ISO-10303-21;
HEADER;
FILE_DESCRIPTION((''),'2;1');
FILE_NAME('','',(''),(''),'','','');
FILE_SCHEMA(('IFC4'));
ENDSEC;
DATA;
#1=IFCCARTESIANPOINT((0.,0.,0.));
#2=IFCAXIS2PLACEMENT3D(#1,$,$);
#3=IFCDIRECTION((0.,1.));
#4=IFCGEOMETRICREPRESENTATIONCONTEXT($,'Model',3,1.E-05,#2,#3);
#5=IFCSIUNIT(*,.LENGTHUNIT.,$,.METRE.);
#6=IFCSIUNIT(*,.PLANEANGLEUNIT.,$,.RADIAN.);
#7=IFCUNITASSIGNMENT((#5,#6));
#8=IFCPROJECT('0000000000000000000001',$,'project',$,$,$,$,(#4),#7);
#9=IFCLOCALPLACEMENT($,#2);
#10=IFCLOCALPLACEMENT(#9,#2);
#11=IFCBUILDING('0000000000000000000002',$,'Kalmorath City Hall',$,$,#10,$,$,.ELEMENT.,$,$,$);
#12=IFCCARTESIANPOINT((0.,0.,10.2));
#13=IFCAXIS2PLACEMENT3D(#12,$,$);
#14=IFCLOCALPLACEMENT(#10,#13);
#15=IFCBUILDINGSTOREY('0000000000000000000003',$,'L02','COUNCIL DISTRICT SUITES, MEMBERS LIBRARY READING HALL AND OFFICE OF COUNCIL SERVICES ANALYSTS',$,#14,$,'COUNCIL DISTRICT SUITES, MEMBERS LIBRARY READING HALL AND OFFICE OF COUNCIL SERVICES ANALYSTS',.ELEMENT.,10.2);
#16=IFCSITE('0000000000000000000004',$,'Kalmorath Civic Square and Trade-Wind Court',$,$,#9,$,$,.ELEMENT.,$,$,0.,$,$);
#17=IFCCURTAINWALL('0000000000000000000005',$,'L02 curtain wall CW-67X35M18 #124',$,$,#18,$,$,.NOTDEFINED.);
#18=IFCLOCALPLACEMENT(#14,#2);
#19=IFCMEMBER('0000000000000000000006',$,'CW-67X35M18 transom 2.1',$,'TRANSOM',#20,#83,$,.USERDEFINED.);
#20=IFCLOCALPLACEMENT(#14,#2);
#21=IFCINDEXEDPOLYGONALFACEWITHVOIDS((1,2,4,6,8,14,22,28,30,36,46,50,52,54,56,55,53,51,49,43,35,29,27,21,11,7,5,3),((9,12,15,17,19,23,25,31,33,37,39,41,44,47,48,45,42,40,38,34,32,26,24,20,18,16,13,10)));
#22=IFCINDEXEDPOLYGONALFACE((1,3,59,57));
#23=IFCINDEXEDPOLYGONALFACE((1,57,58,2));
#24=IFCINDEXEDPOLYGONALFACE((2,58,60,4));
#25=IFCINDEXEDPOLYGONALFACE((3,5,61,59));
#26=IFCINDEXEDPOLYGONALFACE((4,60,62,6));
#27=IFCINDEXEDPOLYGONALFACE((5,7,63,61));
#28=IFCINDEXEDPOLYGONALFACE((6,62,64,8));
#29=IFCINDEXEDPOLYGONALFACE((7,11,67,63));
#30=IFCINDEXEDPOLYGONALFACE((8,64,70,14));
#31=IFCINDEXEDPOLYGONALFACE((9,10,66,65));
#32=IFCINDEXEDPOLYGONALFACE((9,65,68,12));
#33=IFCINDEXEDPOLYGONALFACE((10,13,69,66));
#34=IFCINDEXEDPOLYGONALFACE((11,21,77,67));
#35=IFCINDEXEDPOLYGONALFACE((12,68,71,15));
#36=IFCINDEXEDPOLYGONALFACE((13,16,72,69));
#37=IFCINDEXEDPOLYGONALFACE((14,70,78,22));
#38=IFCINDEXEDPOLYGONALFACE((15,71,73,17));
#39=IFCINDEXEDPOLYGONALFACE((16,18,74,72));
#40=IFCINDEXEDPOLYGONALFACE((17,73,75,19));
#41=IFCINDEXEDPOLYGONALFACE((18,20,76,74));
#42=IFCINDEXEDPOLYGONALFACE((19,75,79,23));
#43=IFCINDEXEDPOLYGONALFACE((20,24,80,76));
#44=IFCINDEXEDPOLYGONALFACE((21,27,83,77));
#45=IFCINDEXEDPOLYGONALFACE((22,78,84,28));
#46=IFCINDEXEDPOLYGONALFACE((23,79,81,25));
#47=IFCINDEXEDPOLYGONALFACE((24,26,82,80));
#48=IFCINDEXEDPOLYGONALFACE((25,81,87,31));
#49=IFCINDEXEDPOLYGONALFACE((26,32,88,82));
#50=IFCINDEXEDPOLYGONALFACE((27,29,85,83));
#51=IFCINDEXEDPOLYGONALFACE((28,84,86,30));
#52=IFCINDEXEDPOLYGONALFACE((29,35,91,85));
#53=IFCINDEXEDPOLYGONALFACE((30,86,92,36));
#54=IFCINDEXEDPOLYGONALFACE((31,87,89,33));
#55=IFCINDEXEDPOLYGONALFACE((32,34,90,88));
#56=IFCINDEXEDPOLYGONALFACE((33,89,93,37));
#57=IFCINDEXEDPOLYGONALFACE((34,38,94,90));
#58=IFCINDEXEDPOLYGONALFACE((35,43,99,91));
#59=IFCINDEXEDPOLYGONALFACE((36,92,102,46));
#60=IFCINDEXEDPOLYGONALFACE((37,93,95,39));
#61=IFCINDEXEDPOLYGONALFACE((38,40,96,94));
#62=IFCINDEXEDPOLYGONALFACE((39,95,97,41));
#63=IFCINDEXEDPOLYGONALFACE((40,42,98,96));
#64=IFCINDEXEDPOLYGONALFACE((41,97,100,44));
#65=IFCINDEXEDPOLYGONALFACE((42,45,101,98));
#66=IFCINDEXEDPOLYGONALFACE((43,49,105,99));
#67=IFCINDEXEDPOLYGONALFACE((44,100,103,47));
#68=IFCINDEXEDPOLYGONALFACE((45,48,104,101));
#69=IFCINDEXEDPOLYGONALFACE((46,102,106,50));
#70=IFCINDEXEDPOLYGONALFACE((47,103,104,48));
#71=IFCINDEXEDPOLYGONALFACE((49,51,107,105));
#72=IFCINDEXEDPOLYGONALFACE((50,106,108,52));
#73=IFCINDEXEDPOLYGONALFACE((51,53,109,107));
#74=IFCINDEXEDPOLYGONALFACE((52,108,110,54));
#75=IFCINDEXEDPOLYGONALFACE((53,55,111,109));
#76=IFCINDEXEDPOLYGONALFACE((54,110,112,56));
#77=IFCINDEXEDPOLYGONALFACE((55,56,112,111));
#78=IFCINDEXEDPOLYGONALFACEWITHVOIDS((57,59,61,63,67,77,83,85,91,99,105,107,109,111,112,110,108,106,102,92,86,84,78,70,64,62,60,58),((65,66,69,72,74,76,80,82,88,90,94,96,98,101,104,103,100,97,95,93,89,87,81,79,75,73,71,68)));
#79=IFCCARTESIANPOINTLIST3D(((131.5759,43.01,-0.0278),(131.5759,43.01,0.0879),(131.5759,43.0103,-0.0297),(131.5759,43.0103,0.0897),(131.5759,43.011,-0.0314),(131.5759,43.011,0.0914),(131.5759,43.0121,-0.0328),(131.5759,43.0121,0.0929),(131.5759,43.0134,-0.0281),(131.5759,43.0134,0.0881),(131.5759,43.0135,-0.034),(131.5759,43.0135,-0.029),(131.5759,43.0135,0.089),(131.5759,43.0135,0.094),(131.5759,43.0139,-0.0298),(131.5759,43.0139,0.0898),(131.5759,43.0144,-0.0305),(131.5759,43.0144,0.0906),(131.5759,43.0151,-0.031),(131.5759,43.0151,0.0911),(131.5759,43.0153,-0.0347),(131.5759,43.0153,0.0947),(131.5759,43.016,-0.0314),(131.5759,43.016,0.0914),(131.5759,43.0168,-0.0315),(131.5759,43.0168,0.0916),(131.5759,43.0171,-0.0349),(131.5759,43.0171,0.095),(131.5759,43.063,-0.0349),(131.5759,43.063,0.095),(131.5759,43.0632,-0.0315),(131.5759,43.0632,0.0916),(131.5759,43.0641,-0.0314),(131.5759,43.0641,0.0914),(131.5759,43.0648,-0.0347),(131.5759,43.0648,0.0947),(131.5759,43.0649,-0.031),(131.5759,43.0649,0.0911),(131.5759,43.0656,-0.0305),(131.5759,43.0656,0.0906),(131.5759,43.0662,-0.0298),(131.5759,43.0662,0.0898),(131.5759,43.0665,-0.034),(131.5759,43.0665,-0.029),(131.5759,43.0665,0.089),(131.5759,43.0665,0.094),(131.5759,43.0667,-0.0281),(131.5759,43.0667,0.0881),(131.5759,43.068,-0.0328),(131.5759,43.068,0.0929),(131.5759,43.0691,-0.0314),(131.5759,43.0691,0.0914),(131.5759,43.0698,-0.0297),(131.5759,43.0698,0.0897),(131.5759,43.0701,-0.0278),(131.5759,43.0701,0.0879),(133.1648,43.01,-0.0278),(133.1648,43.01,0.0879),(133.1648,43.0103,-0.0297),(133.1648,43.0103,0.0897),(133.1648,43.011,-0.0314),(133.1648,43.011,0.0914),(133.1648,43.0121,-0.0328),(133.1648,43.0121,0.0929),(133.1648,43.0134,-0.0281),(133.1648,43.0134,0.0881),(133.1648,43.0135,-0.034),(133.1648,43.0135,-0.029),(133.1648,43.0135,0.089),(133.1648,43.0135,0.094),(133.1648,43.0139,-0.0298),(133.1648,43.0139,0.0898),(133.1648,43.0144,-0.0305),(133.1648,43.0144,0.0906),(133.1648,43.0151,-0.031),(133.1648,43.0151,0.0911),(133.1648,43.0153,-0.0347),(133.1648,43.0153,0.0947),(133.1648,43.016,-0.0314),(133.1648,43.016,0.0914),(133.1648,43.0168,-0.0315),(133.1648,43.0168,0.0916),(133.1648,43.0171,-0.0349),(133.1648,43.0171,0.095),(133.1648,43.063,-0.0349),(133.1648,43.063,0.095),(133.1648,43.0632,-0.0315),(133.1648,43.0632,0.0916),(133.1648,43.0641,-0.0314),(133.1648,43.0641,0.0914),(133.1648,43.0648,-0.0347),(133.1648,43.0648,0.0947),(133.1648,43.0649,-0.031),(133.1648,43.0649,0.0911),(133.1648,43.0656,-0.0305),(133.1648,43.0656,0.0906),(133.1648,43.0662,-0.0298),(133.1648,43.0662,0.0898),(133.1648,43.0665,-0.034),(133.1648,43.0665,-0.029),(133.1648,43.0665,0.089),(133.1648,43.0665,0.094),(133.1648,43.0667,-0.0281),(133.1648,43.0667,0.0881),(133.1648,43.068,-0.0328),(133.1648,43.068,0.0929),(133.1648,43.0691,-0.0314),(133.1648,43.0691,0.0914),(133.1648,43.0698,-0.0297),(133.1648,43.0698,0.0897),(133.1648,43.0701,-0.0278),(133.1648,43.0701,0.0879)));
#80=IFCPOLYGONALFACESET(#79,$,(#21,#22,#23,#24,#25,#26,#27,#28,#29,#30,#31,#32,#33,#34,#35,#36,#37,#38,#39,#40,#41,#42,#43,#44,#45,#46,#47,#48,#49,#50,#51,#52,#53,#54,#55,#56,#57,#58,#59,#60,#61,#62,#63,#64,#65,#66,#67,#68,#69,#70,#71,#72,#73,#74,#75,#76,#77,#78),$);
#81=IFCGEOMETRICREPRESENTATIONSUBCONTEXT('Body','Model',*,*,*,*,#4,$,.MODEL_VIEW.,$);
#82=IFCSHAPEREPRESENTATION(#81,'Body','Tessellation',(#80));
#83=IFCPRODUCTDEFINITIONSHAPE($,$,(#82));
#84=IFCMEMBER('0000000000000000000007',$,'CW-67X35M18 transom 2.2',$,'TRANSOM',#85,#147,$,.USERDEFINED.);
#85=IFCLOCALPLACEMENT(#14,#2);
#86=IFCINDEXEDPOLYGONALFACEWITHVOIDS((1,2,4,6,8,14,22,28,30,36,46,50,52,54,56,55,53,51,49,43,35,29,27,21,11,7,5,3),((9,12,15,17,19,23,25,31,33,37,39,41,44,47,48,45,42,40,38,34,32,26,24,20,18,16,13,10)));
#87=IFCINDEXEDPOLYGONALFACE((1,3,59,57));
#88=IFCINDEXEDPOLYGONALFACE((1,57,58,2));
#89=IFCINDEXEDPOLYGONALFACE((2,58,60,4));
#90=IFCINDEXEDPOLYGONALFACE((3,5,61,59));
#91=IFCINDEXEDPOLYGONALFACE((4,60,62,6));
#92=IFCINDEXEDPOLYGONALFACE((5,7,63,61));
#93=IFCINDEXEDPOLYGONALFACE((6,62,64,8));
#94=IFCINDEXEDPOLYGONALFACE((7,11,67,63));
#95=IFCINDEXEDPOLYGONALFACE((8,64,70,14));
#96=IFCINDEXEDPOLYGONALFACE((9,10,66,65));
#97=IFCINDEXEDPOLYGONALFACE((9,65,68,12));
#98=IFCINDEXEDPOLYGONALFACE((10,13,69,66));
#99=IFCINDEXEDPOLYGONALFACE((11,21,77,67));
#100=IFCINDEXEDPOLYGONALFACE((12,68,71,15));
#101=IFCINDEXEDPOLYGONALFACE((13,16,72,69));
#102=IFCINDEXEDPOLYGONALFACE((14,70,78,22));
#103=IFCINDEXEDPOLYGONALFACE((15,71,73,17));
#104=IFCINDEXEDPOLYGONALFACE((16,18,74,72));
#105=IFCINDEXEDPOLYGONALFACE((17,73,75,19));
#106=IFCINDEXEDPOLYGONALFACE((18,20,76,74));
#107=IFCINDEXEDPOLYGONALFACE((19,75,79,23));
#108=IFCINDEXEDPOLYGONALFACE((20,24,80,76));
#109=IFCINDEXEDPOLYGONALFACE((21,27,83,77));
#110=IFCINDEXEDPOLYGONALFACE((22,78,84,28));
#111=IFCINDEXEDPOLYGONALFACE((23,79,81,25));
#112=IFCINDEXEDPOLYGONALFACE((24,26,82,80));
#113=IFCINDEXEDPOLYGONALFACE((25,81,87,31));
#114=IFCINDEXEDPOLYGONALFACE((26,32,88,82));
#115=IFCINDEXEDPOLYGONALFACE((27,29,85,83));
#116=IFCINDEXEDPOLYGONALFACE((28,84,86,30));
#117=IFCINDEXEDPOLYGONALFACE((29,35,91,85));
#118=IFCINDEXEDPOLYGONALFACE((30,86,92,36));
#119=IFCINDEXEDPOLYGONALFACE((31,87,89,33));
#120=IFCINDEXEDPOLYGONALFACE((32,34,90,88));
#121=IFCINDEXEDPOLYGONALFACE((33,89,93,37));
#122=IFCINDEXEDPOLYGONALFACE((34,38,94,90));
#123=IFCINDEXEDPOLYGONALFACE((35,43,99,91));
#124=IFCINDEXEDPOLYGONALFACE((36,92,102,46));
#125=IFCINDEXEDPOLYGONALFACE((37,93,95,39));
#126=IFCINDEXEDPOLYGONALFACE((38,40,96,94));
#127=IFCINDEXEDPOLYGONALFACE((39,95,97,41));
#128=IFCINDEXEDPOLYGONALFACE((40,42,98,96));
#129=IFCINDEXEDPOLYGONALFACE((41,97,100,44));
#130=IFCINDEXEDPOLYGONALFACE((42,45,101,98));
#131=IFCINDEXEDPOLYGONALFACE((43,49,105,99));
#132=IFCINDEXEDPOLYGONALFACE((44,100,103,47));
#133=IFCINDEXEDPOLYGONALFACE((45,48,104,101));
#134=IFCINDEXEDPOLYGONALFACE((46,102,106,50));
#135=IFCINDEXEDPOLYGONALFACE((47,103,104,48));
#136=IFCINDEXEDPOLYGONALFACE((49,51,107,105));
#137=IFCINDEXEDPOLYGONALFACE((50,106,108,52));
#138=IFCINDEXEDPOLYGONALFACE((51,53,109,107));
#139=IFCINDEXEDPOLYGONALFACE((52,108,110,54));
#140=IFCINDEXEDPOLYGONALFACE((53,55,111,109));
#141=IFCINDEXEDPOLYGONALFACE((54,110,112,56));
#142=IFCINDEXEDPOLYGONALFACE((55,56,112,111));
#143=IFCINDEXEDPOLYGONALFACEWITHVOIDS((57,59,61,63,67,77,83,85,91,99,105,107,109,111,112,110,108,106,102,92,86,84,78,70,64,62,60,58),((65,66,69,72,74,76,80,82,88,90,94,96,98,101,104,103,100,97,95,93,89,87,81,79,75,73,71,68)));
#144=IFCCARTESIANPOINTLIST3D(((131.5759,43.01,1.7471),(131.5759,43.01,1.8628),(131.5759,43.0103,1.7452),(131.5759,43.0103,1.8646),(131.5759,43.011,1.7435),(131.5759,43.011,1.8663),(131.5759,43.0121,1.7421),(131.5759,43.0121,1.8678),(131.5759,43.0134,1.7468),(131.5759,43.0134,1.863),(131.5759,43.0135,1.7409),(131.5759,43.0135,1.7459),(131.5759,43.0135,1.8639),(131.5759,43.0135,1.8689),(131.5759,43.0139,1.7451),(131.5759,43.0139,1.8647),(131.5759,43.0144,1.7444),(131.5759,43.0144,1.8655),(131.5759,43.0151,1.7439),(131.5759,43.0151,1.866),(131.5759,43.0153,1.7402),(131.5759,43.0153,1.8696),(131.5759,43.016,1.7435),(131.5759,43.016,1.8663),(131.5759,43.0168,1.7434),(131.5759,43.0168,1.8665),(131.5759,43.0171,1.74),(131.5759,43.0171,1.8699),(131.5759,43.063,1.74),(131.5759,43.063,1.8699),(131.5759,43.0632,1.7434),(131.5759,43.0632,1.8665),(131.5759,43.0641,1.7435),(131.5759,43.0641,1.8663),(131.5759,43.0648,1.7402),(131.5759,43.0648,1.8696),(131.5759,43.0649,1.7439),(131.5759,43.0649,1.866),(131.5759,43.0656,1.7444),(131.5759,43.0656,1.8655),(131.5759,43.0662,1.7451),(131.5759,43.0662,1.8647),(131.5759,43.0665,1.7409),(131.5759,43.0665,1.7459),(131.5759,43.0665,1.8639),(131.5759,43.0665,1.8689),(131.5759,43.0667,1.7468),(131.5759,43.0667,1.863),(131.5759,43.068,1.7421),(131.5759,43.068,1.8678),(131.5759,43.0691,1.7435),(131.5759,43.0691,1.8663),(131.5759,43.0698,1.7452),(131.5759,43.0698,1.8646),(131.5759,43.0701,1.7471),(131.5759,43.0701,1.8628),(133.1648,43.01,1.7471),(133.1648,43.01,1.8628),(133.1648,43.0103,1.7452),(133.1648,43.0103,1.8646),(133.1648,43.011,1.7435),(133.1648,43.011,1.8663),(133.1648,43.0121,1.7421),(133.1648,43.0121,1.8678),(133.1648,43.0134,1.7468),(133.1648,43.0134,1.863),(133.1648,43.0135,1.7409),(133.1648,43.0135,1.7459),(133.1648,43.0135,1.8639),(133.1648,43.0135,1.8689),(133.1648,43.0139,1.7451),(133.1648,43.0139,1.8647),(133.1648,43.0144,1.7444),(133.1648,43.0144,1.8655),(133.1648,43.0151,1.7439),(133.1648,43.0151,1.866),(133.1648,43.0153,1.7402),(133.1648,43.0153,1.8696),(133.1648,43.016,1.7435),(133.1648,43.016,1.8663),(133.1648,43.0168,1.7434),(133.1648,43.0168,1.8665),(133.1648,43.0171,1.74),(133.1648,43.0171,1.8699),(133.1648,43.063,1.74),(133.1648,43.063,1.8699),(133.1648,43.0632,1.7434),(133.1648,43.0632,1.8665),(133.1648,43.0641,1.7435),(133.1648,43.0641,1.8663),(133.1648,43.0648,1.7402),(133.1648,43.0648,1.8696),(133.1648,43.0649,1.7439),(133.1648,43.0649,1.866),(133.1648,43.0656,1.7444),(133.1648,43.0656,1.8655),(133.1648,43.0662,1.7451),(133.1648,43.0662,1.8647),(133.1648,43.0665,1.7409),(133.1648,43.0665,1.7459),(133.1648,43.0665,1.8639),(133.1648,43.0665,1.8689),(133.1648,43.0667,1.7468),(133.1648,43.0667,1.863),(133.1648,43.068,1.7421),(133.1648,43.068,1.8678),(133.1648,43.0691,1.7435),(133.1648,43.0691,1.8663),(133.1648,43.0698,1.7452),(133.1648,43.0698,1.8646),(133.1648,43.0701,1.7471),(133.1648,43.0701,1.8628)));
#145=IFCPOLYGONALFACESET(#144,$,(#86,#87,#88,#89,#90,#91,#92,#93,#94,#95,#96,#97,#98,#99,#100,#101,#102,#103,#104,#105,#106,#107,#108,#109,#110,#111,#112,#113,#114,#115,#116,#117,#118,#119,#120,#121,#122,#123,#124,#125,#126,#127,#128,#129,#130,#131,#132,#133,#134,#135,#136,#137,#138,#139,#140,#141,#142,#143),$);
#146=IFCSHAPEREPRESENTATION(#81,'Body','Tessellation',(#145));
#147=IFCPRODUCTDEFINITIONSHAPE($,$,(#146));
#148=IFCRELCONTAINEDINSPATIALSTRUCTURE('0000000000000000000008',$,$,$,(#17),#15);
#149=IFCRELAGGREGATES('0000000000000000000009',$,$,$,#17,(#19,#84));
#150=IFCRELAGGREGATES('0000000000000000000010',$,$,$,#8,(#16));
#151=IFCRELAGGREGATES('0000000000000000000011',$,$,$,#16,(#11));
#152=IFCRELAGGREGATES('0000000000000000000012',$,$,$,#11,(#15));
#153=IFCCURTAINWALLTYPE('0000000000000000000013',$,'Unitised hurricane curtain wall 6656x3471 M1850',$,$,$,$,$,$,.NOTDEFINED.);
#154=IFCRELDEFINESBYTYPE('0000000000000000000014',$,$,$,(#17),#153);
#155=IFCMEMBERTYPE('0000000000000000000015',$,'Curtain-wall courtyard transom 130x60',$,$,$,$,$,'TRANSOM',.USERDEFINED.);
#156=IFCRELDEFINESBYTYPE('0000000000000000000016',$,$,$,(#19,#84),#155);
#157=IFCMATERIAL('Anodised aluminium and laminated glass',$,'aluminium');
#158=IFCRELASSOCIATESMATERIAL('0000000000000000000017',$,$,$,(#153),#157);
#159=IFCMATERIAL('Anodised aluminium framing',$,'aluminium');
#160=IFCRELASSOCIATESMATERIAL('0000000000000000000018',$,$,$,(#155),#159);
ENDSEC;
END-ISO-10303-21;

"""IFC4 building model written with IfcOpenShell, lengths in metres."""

from ifc_helpers import new_model, si_unit, direction, frame, origin, origin_2d, place, context, subcontext, project, spatial, hollow_rectangle, extrude, material, material_profile, profile_set, type_object, element, aggregate, save


model = new_model("IFC4")

# Units and contexts
model_context = context("Model", 3, precision=1e-05, world=origin(), true_north=direction((0.0, 1.0)))
body_context = subcontext(model_context, "Body", "Model", "MODEL_VIEW")
ifc_project = project(units=[si_unit("LENGTHUNIT", "METRE"), si_unit("PLANEANGLEUNIT", "RADIAN")], contexts=[model_context])

# Site, building, storey
site_placement = place(None, origin())
site = spatial("IfcSite", under=ifc_project, at=site_placement, Name="Kalmorath Civic Square and Trade-Wind Court", CompositionType="ELEMENT", RefElevation=0.0)
building_placement = place(site_placement, origin())
building = spatial("IfcBuilding", under=site, at=building_placement, Name="Kalmorath City Hall", CompositionType="ELEMENT")
storey_placement = place(building_placement, frame((0.0, 0.0, 10.2)))
storey = spatial("IfcBuildingStorey", under=building, at=storey_placement, Name="L02", Description="COUNCIL DISTRICT SUITES, MEMBERS LIBRARY READING HALL AND OFFICE OF COUNCIL SERVICES ANALYSTS", LongName="COUNCIL DISTRICT SUITES, MEMBERS LIBRARY READING HALL AND OFFICE OF COUNCIL SERVICES ANALYSTS", CompositionType="ELEMENT", Elevation=10.2)

# Curtain wall, members
ifc_material_1 = material(Name="Anodised aluminium and laminated glass", Category="aluminium")
curtain_wall_type_1 = type_object("IfcCurtainWallType", Name="Unitised hurricane curtain wall 6656x3471 M1850", PredefinedType="NOTDEFINED", material=ifc_material_1)
curtain_wall_1_placement = place(storey_placement, origin())
curtain_wall_1 = element("IfcCurtainWall", 1, at=curtain_wall_1_placement, inside=storey, type_object=curtain_wall_type_1, Name="L02 curtain wall CW-67X35M18 #124", PredefinedType="NOTDEFINED")
ifc_material_2 = material(Name="Anodised aluminium framing", Category="aluminium")
ifc_material_profile_1 = material_profile(ifc_material_2, hollow_rectangle(XDim=0.0601, YDim=0.1299, WallThickness=0.0034, InnerFilletRadius=0.0034, OuterFilletRadius=0.0071, at=origin_2d()), Name="ALU-TRN-130X60X3.5")
ifc_profile_set_1 = profile_set([ifc_material_profile_1], Name="Anodised aluminium framing")
member_type_1 = type_object("IfcMemberType", Name="Curtain-wall courtyard transom 130x60", ElementType="TRANSOM", PredefinedType="USERDEFINED", material=ifc_profile_set_1)
member_1_placement = place(storey_placement, frame((131.5759, 43.04, 0.03), z_axis=(1.0, 0.0, 0.0), x_axis=(0.0, 1.0, 0.0)))
member_1 = element("IfcMember", 2, at=member_1_placement, type_object=member_type_1, Name="CW-67X35M18 transom 2.1", ObjectType="TRANSOM", PredefinedType="USERDEFINED", context=body_context, shape_type="SweptSolid", body=[
    extrude(hollow_rectangle(XDim=0.0601, YDim=0.1299, WallThickness=0.0034, InnerFilletRadius=0.0034, OuterFilletRadius=0.0071, at=origin_2d()), origin(), (0.0, 0.0, 1.0), 1.5889),
])
member_2_placement = place(storey_placement, frame((131.5759, 43.04, 1.8049), z_axis=(1.0, 0.0, 0.0), x_axis=(0.0, 1.0, 0.0)))
member_2 = element("IfcMember", 3, at=member_2_placement, type_object=member_type_1, Name="CW-67X35M18 transom 2.2", ObjectType="TRANSOM", PredefinedType="USERDEFINED", context=body_context, shape_type="SweptSolid", body=[
    extrude(hollow_rectangle(XDim=0.0601, YDim=0.1299, WallThickness=0.0034, InnerFilletRadius=0.0034, OuterFilletRadius=0.0071, at=origin_2d()), origin(), (0.0, 0.0, 1.0), 1.5889),
])

aggregate(curtain_wall_1, [member_1, member_2])

save(model, "model.ifc")
